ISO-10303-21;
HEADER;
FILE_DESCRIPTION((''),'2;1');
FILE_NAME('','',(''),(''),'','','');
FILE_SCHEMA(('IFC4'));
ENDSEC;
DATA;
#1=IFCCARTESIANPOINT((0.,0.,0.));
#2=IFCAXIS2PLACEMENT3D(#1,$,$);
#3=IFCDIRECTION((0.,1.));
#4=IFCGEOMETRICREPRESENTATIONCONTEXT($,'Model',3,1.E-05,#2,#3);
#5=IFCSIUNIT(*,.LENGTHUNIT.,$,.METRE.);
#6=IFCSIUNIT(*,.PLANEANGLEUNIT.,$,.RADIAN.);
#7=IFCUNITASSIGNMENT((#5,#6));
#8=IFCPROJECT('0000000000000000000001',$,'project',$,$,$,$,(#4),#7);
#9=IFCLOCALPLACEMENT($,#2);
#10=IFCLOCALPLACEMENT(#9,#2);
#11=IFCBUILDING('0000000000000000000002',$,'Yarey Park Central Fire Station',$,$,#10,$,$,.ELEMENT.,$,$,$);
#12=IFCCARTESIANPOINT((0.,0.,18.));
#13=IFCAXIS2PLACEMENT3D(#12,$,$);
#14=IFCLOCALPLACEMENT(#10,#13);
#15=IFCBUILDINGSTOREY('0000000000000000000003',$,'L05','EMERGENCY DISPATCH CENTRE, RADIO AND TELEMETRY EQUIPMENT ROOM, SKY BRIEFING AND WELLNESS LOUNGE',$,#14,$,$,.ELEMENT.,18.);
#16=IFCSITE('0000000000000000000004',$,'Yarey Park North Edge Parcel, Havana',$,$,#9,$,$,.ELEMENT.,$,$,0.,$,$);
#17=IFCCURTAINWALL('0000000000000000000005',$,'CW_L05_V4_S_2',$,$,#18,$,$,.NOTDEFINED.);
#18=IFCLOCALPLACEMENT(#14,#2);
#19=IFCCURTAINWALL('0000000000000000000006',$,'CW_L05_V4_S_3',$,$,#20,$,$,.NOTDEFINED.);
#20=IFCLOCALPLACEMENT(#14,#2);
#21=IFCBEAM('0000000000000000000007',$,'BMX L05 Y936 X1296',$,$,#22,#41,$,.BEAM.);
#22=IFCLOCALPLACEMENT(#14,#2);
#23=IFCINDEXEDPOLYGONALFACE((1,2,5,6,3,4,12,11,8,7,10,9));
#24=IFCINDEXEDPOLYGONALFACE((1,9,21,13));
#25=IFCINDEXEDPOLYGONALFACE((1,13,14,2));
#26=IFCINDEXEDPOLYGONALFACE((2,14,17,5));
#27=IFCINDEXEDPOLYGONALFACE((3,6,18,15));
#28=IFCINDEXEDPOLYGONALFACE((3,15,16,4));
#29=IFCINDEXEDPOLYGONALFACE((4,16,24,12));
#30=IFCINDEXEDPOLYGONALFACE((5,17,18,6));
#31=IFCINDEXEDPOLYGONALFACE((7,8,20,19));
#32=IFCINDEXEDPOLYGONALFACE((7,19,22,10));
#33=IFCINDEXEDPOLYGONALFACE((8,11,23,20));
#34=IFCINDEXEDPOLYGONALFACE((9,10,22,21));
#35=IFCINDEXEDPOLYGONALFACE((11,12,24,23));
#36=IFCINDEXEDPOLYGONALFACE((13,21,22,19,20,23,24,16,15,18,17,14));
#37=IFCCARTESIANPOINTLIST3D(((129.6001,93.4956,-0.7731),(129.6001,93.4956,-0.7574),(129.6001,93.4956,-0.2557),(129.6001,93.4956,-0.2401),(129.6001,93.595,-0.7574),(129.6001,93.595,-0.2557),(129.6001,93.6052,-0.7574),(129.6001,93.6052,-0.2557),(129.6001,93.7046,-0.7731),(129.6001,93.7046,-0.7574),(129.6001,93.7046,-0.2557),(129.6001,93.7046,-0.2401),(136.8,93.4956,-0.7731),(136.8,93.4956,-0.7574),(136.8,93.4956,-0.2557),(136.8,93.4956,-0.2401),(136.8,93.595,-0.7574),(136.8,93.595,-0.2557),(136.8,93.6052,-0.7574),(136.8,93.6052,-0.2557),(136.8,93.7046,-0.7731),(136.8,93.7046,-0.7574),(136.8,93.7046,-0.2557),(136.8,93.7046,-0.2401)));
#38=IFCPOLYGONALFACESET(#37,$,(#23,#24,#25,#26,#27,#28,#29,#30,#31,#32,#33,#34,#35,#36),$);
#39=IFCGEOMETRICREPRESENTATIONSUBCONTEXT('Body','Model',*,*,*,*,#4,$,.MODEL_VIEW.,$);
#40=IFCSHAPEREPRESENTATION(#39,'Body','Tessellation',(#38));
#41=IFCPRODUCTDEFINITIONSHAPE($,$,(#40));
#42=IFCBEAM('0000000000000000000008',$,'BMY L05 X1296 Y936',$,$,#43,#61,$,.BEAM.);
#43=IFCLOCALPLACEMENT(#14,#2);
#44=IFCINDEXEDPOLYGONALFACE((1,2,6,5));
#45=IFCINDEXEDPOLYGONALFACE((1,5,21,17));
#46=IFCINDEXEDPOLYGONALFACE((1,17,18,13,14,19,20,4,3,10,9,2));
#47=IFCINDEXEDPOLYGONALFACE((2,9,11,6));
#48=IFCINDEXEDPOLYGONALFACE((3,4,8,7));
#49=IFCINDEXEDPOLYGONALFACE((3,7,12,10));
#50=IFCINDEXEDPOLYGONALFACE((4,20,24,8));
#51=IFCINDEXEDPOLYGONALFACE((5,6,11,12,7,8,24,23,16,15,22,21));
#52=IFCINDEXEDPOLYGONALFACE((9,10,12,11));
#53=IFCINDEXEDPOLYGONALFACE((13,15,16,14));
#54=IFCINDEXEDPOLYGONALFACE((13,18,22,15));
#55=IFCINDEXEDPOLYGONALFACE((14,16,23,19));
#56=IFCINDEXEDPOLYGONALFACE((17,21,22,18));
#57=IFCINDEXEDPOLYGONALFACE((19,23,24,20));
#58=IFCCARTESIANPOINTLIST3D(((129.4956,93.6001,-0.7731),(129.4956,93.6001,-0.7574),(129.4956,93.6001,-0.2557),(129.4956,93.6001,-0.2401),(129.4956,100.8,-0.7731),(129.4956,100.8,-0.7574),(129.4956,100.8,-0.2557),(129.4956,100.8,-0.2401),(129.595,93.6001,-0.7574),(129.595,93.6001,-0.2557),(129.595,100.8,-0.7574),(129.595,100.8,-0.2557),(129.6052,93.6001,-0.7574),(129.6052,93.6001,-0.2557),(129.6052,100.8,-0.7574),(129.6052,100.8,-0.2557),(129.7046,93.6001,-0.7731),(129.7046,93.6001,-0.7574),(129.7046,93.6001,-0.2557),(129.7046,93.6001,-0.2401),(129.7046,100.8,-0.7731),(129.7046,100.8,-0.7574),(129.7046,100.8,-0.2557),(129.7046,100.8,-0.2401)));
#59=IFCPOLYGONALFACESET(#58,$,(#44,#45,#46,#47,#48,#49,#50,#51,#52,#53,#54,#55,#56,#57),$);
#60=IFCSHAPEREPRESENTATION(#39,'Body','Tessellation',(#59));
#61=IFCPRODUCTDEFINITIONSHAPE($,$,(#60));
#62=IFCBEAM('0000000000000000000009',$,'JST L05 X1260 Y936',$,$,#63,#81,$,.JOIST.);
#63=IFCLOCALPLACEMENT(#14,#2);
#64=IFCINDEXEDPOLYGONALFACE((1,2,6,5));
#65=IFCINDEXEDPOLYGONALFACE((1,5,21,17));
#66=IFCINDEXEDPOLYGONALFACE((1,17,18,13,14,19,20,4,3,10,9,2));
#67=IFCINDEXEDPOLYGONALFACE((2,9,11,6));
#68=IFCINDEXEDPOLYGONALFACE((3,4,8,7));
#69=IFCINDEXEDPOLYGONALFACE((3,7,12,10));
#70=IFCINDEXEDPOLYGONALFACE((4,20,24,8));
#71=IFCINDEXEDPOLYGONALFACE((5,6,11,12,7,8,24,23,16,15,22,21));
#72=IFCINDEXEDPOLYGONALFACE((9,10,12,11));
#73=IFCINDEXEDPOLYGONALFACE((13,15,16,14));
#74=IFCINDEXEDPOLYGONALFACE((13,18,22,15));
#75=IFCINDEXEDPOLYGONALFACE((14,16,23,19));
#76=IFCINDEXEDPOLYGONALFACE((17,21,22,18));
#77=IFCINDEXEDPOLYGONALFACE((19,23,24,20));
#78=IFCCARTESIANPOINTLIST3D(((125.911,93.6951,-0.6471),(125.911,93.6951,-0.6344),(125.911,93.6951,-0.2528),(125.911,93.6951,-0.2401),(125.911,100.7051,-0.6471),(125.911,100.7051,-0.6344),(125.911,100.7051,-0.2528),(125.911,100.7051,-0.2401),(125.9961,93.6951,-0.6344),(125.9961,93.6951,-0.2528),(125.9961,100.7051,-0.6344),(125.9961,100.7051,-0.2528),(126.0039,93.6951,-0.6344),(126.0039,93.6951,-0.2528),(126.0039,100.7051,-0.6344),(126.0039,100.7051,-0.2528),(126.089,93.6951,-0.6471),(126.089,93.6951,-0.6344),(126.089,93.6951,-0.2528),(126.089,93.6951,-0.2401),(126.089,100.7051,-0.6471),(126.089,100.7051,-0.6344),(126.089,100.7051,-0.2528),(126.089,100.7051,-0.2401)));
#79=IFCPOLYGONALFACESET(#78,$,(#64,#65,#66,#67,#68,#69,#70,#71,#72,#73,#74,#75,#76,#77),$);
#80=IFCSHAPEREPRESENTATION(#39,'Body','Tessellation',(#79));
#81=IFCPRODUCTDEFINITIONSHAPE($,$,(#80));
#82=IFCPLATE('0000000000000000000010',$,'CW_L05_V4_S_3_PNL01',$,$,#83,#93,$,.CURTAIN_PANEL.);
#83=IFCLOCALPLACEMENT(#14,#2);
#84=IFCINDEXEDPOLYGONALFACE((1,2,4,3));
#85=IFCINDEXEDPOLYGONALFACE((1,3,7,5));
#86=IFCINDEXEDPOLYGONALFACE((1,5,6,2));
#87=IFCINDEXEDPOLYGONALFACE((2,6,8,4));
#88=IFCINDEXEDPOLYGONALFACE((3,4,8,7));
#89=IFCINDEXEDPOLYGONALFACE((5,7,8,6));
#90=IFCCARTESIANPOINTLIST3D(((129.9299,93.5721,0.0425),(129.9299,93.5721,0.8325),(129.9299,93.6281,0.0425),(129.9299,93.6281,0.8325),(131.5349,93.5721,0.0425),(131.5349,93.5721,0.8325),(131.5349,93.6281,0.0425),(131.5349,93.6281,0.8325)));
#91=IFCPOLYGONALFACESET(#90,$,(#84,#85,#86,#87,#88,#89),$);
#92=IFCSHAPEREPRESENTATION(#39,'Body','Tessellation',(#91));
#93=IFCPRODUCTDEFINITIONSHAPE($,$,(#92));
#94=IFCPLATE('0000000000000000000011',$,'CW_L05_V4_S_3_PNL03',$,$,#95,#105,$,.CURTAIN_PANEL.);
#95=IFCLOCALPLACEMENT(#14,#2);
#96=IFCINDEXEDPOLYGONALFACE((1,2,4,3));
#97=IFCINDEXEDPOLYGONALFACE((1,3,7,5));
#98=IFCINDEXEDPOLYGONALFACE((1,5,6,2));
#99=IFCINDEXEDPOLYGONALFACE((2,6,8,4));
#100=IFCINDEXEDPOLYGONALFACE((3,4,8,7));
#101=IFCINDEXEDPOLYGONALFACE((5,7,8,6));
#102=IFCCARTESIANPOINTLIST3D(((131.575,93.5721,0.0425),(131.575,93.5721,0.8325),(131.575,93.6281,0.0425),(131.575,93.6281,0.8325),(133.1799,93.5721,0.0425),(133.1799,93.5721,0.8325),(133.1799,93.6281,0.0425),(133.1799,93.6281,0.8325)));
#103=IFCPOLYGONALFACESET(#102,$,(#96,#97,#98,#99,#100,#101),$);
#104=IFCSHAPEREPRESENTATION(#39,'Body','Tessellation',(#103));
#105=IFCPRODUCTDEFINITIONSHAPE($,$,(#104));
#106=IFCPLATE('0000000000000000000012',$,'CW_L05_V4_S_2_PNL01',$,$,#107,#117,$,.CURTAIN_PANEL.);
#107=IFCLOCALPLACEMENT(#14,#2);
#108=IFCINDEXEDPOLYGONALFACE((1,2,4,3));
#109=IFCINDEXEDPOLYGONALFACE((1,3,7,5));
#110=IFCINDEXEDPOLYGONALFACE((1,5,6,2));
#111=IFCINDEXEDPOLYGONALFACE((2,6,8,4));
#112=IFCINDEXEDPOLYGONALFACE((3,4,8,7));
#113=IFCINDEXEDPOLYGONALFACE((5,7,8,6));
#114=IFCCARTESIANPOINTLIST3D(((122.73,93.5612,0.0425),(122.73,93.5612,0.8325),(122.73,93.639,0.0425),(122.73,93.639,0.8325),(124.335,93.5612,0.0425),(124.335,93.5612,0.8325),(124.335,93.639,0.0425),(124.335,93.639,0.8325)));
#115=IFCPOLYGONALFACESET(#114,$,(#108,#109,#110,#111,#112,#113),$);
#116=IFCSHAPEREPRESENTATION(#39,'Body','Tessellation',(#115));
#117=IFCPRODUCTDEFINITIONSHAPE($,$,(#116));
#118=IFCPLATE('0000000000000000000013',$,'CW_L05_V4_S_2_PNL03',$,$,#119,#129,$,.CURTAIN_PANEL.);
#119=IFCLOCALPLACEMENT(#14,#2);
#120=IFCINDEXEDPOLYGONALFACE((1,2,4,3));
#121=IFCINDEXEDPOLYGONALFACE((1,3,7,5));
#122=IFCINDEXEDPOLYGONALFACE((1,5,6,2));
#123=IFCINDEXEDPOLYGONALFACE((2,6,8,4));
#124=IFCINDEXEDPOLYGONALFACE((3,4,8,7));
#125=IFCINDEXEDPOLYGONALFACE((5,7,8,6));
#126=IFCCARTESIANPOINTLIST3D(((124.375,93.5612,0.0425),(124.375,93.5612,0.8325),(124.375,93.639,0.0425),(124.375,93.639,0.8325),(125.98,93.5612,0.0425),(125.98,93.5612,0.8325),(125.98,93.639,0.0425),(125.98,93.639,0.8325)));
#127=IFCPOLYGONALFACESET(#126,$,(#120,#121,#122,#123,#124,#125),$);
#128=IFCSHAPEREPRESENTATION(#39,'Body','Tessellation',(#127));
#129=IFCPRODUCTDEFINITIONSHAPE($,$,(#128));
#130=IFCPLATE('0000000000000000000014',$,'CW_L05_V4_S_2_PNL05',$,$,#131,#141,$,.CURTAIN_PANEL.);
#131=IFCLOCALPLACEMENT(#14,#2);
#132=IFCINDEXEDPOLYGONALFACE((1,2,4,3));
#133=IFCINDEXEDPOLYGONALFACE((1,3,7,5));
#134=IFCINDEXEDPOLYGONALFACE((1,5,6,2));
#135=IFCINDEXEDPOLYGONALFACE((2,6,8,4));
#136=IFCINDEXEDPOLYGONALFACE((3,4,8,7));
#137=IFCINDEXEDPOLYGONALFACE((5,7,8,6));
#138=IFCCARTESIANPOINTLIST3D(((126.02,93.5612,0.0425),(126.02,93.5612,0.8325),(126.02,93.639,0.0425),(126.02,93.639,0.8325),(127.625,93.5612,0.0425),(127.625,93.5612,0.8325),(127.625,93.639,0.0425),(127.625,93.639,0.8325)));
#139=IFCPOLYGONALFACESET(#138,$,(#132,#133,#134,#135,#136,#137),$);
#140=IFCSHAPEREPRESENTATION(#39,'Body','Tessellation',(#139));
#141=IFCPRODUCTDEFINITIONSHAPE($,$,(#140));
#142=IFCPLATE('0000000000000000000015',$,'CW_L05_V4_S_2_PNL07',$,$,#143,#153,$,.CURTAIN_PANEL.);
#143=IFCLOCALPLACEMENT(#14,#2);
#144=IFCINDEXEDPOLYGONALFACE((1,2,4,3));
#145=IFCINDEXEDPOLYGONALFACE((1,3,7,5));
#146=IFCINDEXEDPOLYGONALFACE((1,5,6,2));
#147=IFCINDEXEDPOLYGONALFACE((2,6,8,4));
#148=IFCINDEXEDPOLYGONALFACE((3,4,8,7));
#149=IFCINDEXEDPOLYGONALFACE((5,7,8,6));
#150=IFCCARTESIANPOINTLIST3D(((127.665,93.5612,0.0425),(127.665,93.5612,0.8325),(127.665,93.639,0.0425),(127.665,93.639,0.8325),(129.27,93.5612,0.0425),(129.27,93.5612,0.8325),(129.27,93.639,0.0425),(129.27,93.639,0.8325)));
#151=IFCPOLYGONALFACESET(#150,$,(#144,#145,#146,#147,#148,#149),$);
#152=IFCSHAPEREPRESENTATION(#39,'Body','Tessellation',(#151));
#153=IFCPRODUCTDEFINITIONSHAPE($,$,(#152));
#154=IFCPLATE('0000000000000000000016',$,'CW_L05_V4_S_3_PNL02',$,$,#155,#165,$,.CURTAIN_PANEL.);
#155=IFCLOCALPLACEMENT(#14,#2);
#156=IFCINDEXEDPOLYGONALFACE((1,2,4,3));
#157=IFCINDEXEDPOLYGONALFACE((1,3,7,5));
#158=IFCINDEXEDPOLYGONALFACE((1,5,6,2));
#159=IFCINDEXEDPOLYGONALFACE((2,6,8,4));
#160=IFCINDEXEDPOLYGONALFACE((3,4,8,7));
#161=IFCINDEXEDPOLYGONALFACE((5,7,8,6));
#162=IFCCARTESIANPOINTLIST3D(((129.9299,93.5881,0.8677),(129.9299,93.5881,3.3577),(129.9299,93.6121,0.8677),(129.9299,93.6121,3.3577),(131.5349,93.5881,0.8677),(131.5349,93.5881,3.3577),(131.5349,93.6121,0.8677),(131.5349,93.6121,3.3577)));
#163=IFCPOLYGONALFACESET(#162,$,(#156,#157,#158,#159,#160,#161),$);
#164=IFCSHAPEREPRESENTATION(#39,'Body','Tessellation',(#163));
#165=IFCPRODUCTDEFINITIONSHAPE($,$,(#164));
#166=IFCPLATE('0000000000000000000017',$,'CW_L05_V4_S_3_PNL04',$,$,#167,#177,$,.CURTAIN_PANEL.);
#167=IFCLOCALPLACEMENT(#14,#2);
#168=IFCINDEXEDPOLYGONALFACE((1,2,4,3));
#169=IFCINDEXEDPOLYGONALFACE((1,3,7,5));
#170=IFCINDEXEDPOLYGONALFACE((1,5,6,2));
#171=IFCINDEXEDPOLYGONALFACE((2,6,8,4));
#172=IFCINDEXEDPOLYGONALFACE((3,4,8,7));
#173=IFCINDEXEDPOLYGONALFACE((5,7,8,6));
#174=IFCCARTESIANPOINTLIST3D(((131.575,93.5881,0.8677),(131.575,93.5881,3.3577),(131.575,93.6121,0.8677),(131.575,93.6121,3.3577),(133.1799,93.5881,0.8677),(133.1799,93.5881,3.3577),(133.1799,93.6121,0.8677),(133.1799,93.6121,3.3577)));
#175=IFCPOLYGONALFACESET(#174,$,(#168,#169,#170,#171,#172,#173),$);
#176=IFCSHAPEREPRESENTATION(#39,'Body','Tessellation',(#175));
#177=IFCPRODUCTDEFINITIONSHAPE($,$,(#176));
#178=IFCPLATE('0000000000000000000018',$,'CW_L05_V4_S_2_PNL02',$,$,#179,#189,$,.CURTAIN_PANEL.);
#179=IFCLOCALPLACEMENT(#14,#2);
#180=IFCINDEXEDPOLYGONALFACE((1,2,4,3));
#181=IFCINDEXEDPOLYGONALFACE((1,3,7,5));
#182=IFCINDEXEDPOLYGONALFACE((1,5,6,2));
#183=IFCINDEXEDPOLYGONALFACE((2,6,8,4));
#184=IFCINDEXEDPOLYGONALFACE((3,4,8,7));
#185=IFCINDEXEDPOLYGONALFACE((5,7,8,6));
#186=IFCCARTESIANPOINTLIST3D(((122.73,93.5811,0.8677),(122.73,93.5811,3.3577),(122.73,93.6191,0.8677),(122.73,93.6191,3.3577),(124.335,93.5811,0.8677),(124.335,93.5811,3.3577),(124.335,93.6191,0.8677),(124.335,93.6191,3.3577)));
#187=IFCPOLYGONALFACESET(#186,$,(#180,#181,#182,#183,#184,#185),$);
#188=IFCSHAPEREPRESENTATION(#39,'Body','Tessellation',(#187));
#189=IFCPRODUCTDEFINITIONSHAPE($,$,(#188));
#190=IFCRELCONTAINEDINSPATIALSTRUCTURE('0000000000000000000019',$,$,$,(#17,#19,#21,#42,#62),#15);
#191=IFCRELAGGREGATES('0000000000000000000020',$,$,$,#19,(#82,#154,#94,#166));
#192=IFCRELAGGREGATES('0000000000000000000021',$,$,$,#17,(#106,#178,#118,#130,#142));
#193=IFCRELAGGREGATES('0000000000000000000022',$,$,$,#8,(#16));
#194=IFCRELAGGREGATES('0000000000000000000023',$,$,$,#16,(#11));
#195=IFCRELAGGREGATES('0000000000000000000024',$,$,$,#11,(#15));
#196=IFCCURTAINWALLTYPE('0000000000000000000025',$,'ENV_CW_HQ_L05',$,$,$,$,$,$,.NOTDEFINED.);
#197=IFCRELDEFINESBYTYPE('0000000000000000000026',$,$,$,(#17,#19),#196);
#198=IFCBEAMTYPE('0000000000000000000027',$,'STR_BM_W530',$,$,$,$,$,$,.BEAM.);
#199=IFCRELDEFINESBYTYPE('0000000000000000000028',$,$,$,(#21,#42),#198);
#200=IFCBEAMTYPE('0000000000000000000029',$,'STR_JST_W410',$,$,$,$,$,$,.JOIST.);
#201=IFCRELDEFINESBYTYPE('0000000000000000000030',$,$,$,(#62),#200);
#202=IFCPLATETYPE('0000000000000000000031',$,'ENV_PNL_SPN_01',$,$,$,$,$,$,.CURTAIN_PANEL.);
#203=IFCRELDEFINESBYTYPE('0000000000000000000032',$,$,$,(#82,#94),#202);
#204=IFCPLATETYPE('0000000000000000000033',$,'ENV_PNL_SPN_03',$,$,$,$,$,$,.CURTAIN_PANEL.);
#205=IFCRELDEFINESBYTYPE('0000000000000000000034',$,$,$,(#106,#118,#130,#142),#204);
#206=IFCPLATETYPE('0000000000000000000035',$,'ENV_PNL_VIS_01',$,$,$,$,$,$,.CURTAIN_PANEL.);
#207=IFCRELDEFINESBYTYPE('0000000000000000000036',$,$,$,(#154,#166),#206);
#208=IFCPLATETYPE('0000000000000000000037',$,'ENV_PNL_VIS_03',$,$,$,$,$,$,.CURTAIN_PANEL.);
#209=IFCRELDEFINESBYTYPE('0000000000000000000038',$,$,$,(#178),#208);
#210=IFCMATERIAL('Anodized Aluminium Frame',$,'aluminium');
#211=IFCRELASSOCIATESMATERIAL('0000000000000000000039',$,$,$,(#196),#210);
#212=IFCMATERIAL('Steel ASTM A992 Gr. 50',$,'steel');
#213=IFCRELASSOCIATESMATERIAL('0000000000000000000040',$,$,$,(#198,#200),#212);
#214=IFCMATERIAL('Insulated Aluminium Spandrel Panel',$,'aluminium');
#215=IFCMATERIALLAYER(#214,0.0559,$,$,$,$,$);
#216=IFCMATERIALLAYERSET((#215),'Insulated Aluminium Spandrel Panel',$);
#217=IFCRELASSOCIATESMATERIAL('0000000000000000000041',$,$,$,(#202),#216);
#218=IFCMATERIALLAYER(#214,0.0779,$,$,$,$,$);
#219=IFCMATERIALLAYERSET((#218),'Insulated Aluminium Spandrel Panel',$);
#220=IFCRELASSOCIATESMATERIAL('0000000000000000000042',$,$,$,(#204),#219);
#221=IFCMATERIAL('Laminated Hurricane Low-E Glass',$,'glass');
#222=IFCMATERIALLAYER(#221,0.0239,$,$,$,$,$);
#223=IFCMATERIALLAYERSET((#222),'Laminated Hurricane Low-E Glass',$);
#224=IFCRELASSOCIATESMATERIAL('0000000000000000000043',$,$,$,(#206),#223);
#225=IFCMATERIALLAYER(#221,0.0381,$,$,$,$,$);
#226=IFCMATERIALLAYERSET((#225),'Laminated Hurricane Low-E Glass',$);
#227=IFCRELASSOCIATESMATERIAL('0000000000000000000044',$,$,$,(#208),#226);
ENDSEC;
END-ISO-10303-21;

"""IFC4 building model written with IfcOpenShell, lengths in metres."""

from ifc_helpers import new_model, si_unit, direction, frame, origin, origin_2d, place, context, subcontext, project, spatial, rectangle, i_section, extrude, material, layer, layer_set, material_profile, profile_set, type_object, element, aggregate, save


model = new_model("IFC4")

# Units and contexts
model_context = context("Model", 3, precision=1e-05, world=origin(), true_north=direction((0.0, 1.0)))
body_context = subcontext(model_context, "Body", "Model", "MODEL_VIEW")
ifc_project = project(units=[si_unit("LENGTHUNIT", "METRE"), si_unit("PLANEANGLEUNIT", "RADIAN")], contexts=[model_context])

# Site, building, storey
site_placement = place(None, origin())
site = spatial("IfcSite", under=ifc_project, at=site_placement, Name="Yarey Park North Edge Parcel, Havana", CompositionType="ELEMENT", RefElevation=0.0)
building_placement = place(site_placement, origin())
building = spatial("IfcBuilding", under=site, at=building_placement, Name="Yarey Park Central Fire Station", CompositionType="ELEMENT")
storey_placement = place(building_placement, frame((0.0, 0.0, 18.0)))
storey = spatial("IfcBuildingStorey", under=building, at=storey_placement, Name="L05", Description="EMERGENCY DISPATCH CENTRE, RADIO AND TELEMETRY EQUIPMENT ROOM, SKY BRIEFING AND WELLNESS LOUNGE", CompositionType="ELEMENT", Elevation=18.0)

# Curtain walls
ifc_material_1 = material(Name="Anodized Aluminium Frame", Category="aluminium")
curtain_wall_type = type_object("IfcCurtainWallType", Name="ENV_CW_HQ_L05", PredefinedType="NOTDEFINED", material=ifc_material_1)
curtain_wall_1_placement = place(storey_placement, origin())
curtain_wall_1 = element("IfcCurtainWall", 1, at=curtain_wall_1_placement, inside=storey, type_object=curtain_wall_type, Name="CW_L05_V4_S_2", PredefinedType="NOTDEFINED")
curtain_wall_2_placement = place(storey_placement, origin())
curtain_wall_2 = element("IfcCurtainWall", 2, at=curtain_wall_2_placement, inside=storey, type_object=curtain_wall_type, Name="CW_L05_V4_S_3", PredefinedType="NOTDEFINED")

# Beams
ifc_material_2 = material(Name="Steel ASTM A992 Gr. 50", Category="steel")
ifc_material_profile_1 = material_profile(ifc_material_2, i_section(OverallWidth=0.209, OverallDepth=0.533, WebThickness=0.0103, FlangeThickness=0.0156, at=origin_2d()), Name="W530x92")
ifc_profile_set_1 = profile_set([ifc_material_profile_1], Name="Steel ASTM A992 Gr. 50")
beam_type_1 = type_object("IfcBeamType", Name="STR_BM_W530", PredefinedType="BEAM", material=ifc_profile_set_1)
for number, where, z_axis, x_axis, name in (
    (3, (129.6001, 93.6001, -0.5066), (1.0, 0.0, 0.0), (0.0, 1.0, 0.0), "BMX L05 Y936 X1296"),
    (4, (129.6001, 93.6001, -0.5066), (0.0, 1.0, 0.0), (-1.0, 0.0, 0.0), "BMY L05 X1296 Y936"),
):
    element("IfcBeam", number, at=place(storey_placement, frame(where, z_axis=z_axis, x_axis=x_axis)), inside=storey, type_object=beam_type_1, Name=name, PredefinedType="BEAM", context=body_context, shape_type="SweptSolid", body=[
        extrude(i_section(OverallWidth=0.209, OverallDepth=0.533, WebThickness=0.0103, FlangeThickness=0.0156, at=origin_2d()), origin(), (0.0, 0.0, 1.0), 7.2),
    ])
ifc_material_profile_2 = material_profile(ifc_material_2, i_section(OverallWidth=0.178, OverallDepth=0.407, WebThickness=0.0078, FlangeThickness=0.0127, at=origin_2d()), Name="W410x60")
ifc_profile_set_2 = profile_set([ifc_material_profile_2], Name="Steel ASTM A992 Gr. 50")
beam_type_2 = type_object("IfcBeamType", Name="STR_JST_W410", PredefinedType="JOIST", material=ifc_profile_set_2)
beam_placement = place(storey_placement, frame((126.0, 93.6951, -0.4436), z_axis=(0.0, 1.0, 0.0), x_axis=(-1.0, 0.0, 0.0)))
element("IfcBeam", 5, at=beam_placement, inside=storey, type_object=beam_type_2, Name="JST L05 X1260 Y936", PredefinedType="JOIST", context=body_context, shape_type="SweptSolid", body=[
    extrude(i_section(OverallWidth=0.178, OverallDepth=0.407, WebThickness=0.0078, FlangeThickness=0.0127, at=origin_2d()), origin(), (0.0, 0.0, 1.0), 7.01),
])

# Plates
ifc_material_3 = material(Name="Insulated Aluminium Spandrel Panel", Category="aluminium")
ifc_layer_1 = layer(ifc_material_3, 0.0559)
ifc_layer_set_1 = layer_set([ifc_layer_1], Name="Insulated Aluminium Spandrel Panel")
plate_type_1 = type_object("IfcPlateType", Name="ENV_PNL_SPN_01", PredefinedType="CURTAIN_PANEL", material=ifc_layer_set_1)
plate_1_placement = place(storey_placement, frame((130.7324, 93.6001, 0.0425), z_axis=(0.0, 0.0, 1.0), x_axis=(1.0, 0.0, 0.0)))
plate_1 = element("IfcPlate", 6, at=plate_1_placement, type_object=plate_type_1, Name="CW_L05_V4_S_3_PNL01", PredefinedType="CURTAIN_PANEL", context=body_context, shape_type="SweptSolid", body=[
    extrude(rectangle(XDim=1.605, YDim=0.0559, at=origin_2d()), origin(), (0.0, 0.0, 1.0), 0.79),
])
plate_2_placement = place(storey_placement, frame((132.3774, 93.6001, 0.0425), z_axis=(0.0, 0.0, 1.0), x_axis=(1.0, 0.0, 0.0)))
plate_2 = element("IfcPlate", 7, at=plate_2_placement, type_object=plate_type_1, Name="CW_L05_V4_S_3_PNL03", PredefinedType="CURTAIN_PANEL", context=body_context, shape_type="SweptSolid", body=[
    extrude(rectangle(XDim=1.605, YDim=0.0559, at=origin_2d()), origin(), (0.0, 0.0, 1.0), 0.79),
])
ifc_layer_2 = layer(ifc_material_3, 0.0779)
ifc_layer_set_2 = layer_set([ifc_layer_2], Name="Insulated Aluminium Spandrel Panel")
plate_type_2 = type_object("IfcPlateType", Name="ENV_PNL_SPN_03", PredefinedType="CURTAIN_PANEL", material=ifc_layer_set_2)
plate_3_placement = place(storey_placement, frame((123.5325, 93.6001, 0.0425), z_axis=(0.0, 0.0, 1.0), x_axis=(1.0, 0.0, 0.0)))
plate_3 = element("IfcPlate", 8, at=plate_3_placement, type_object=plate_type_2, Name="CW_L05_V4_S_2_PNL01", PredefinedType="CURTAIN_PANEL", context=body_context, shape_type="SweptSolid", body=[
    extrude(rectangle(XDim=1.605, YDim=0.0779, at=origin_2d()), origin(), (0.0, 0.0, 1.0), 0.79),
])
plate_4_placement = place(storey_placement, frame((125.1775, 93.6001, 0.0425), z_axis=(0.0, 0.0, 1.0), x_axis=(1.0, 0.0, 0.0)))
plate_4 = element("IfcPlate", 9, at=plate_4_placement, type_object=plate_type_2, Name="CW_L05_V4_S_2_PNL03", PredefinedType="CURTAIN_PANEL", context=body_context, shape_type="SweptSolid", body=[
    extrude(rectangle(XDim=1.605, YDim=0.0779, at=origin_2d()), origin(), (0.0, 0.0, 1.0), 0.79),
])
plate_5_placement = place(storey_placement, frame((126.8225, 93.6001, 0.0425), z_axis=(0.0, 0.0, 1.0), x_axis=(1.0, 0.0, 0.0)))
plate_5 = element("IfcPlate", 10, at=plate_5_placement, type_object=plate_type_2, Name="CW_L05_V4_S_2_PNL05", PredefinedType="CURTAIN_PANEL", context=body_context, shape_type="SweptSolid", body=[
    extrude(rectangle(XDim=1.605, YDim=0.0779, at=origin_2d()), origin(), (0.0, 0.0, 1.0), 0.79),
])
plate_6_placement = place(storey_placement, frame((128.4675, 93.6001, 0.0425), z_axis=(0.0, 0.0, 1.0), x_axis=(1.0, 0.0, 0.0)))
plate_6 = element("IfcPlate", 11, at=plate_6_placement, type_object=plate_type_2, Name="CW_L05_V4_S_2_PNL07", PredefinedType="CURTAIN_PANEL", context=body_context, shape_type="SweptSolid", body=[
    extrude(rectangle(XDim=1.605, YDim=0.0779, at=origin_2d()), origin(), (0.0, 0.0, 1.0), 0.79),
])
ifc_material_4 = material(Name="Laminated Hurricane Low-E Glass", Category="glass")
ifc_layer_3 = layer(ifc_material_4, 0.0239)
ifc_layer_set_3 = layer_set([ifc_layer_3], Name="Laminated Hurricane Low-E Glass")
plate_type_3 = type_object("IfcPlateType", Name="ENV_PNL_VIS_01", PredefinedType="CURTAIN_PANEL", material=ifc_layer_set_3)
plate_7_placement = place(storey_placement, frame((130.7324, 93.6001, 0.8677), z_axis=(0.0, 0.0, 1.0), x_axis=(1.0, 0.0, 0.0)))
plate_7 = element("IfcPlate", 12, at=plate_7_placement, type_object=plate_type_3, Name="CW_L05_V4_S_3_PNL02", PredefinedType="CURTAIN_PANEL", context=body_context, shape_type="SweptSolid", body=[
    extrude(rectangle(XDim=1.605, YDim=0.0239, at=origin_2d()), origin(), (0.0, 0.0, 1.0), 2.49),
])
plate_8_placement = place(storey_placement, frame((132.3774, 93.6001, 0.8677), z_axis=(0.0, 0.0, 1.0), x_axis=(1.0, 0.0, 0.0)))
plate_8 = element("IfcPlate", 13, at=plate_8_placement, type_object=plate_type_3, Name="CW_L05_V4_S_3_PNL04", PredefinedType="CURTAIN_PANEL", context=body_context, shape_type="SweptSolid", body=[
    extrude(rectangle(XDim=1.605, YDim=0.0239, at=origin_2d()), origin(), (0.0, 0.0, 1.0), 2.49),
])
aggregate(curtain_wall_2, [plate_1, plate_7, plate_2, plate_8])
ifc_layer_4 = layer(ifc_material_4, 0.0381)
ifc_layer_set_4 = layer_set([ifc_layer_4], Name="Laminated Hurricane Low-E Glass")
plate_type_4 = type_object("IfcPlateType", Name="ENV_PNL_VIS_03", PredefinedType="CURTAIN_PANEL", material=ifc_layer_set_4)
plate_9_placement = place(storey_placement, frame((123.5325, 93.6001, 0.8677), z_axis=(0.0, 0.0, 1.0), x_axis=(1.0, 0.0, 0.0)))
plate_9 = element("IfcPlate", 14, at=plate_9_placement, type_object=plate_type_4, Name="CW_L05_V4_S_2_PNL02", PredefinedType="CURTAIN_PANEL", context=body_context, shape_type="SweptSolid", body=[
    extrude(rectangle(XDim=1.605, YDim=0.0381, at=origin_2d()), origin(), (0.0, 0.0, 1.0), 2.49),
])
aggregate(curtain_wall_1, [plate_3, plate_9, plate_4, plate_5, plate_6])

save(model, "model.ifc")
